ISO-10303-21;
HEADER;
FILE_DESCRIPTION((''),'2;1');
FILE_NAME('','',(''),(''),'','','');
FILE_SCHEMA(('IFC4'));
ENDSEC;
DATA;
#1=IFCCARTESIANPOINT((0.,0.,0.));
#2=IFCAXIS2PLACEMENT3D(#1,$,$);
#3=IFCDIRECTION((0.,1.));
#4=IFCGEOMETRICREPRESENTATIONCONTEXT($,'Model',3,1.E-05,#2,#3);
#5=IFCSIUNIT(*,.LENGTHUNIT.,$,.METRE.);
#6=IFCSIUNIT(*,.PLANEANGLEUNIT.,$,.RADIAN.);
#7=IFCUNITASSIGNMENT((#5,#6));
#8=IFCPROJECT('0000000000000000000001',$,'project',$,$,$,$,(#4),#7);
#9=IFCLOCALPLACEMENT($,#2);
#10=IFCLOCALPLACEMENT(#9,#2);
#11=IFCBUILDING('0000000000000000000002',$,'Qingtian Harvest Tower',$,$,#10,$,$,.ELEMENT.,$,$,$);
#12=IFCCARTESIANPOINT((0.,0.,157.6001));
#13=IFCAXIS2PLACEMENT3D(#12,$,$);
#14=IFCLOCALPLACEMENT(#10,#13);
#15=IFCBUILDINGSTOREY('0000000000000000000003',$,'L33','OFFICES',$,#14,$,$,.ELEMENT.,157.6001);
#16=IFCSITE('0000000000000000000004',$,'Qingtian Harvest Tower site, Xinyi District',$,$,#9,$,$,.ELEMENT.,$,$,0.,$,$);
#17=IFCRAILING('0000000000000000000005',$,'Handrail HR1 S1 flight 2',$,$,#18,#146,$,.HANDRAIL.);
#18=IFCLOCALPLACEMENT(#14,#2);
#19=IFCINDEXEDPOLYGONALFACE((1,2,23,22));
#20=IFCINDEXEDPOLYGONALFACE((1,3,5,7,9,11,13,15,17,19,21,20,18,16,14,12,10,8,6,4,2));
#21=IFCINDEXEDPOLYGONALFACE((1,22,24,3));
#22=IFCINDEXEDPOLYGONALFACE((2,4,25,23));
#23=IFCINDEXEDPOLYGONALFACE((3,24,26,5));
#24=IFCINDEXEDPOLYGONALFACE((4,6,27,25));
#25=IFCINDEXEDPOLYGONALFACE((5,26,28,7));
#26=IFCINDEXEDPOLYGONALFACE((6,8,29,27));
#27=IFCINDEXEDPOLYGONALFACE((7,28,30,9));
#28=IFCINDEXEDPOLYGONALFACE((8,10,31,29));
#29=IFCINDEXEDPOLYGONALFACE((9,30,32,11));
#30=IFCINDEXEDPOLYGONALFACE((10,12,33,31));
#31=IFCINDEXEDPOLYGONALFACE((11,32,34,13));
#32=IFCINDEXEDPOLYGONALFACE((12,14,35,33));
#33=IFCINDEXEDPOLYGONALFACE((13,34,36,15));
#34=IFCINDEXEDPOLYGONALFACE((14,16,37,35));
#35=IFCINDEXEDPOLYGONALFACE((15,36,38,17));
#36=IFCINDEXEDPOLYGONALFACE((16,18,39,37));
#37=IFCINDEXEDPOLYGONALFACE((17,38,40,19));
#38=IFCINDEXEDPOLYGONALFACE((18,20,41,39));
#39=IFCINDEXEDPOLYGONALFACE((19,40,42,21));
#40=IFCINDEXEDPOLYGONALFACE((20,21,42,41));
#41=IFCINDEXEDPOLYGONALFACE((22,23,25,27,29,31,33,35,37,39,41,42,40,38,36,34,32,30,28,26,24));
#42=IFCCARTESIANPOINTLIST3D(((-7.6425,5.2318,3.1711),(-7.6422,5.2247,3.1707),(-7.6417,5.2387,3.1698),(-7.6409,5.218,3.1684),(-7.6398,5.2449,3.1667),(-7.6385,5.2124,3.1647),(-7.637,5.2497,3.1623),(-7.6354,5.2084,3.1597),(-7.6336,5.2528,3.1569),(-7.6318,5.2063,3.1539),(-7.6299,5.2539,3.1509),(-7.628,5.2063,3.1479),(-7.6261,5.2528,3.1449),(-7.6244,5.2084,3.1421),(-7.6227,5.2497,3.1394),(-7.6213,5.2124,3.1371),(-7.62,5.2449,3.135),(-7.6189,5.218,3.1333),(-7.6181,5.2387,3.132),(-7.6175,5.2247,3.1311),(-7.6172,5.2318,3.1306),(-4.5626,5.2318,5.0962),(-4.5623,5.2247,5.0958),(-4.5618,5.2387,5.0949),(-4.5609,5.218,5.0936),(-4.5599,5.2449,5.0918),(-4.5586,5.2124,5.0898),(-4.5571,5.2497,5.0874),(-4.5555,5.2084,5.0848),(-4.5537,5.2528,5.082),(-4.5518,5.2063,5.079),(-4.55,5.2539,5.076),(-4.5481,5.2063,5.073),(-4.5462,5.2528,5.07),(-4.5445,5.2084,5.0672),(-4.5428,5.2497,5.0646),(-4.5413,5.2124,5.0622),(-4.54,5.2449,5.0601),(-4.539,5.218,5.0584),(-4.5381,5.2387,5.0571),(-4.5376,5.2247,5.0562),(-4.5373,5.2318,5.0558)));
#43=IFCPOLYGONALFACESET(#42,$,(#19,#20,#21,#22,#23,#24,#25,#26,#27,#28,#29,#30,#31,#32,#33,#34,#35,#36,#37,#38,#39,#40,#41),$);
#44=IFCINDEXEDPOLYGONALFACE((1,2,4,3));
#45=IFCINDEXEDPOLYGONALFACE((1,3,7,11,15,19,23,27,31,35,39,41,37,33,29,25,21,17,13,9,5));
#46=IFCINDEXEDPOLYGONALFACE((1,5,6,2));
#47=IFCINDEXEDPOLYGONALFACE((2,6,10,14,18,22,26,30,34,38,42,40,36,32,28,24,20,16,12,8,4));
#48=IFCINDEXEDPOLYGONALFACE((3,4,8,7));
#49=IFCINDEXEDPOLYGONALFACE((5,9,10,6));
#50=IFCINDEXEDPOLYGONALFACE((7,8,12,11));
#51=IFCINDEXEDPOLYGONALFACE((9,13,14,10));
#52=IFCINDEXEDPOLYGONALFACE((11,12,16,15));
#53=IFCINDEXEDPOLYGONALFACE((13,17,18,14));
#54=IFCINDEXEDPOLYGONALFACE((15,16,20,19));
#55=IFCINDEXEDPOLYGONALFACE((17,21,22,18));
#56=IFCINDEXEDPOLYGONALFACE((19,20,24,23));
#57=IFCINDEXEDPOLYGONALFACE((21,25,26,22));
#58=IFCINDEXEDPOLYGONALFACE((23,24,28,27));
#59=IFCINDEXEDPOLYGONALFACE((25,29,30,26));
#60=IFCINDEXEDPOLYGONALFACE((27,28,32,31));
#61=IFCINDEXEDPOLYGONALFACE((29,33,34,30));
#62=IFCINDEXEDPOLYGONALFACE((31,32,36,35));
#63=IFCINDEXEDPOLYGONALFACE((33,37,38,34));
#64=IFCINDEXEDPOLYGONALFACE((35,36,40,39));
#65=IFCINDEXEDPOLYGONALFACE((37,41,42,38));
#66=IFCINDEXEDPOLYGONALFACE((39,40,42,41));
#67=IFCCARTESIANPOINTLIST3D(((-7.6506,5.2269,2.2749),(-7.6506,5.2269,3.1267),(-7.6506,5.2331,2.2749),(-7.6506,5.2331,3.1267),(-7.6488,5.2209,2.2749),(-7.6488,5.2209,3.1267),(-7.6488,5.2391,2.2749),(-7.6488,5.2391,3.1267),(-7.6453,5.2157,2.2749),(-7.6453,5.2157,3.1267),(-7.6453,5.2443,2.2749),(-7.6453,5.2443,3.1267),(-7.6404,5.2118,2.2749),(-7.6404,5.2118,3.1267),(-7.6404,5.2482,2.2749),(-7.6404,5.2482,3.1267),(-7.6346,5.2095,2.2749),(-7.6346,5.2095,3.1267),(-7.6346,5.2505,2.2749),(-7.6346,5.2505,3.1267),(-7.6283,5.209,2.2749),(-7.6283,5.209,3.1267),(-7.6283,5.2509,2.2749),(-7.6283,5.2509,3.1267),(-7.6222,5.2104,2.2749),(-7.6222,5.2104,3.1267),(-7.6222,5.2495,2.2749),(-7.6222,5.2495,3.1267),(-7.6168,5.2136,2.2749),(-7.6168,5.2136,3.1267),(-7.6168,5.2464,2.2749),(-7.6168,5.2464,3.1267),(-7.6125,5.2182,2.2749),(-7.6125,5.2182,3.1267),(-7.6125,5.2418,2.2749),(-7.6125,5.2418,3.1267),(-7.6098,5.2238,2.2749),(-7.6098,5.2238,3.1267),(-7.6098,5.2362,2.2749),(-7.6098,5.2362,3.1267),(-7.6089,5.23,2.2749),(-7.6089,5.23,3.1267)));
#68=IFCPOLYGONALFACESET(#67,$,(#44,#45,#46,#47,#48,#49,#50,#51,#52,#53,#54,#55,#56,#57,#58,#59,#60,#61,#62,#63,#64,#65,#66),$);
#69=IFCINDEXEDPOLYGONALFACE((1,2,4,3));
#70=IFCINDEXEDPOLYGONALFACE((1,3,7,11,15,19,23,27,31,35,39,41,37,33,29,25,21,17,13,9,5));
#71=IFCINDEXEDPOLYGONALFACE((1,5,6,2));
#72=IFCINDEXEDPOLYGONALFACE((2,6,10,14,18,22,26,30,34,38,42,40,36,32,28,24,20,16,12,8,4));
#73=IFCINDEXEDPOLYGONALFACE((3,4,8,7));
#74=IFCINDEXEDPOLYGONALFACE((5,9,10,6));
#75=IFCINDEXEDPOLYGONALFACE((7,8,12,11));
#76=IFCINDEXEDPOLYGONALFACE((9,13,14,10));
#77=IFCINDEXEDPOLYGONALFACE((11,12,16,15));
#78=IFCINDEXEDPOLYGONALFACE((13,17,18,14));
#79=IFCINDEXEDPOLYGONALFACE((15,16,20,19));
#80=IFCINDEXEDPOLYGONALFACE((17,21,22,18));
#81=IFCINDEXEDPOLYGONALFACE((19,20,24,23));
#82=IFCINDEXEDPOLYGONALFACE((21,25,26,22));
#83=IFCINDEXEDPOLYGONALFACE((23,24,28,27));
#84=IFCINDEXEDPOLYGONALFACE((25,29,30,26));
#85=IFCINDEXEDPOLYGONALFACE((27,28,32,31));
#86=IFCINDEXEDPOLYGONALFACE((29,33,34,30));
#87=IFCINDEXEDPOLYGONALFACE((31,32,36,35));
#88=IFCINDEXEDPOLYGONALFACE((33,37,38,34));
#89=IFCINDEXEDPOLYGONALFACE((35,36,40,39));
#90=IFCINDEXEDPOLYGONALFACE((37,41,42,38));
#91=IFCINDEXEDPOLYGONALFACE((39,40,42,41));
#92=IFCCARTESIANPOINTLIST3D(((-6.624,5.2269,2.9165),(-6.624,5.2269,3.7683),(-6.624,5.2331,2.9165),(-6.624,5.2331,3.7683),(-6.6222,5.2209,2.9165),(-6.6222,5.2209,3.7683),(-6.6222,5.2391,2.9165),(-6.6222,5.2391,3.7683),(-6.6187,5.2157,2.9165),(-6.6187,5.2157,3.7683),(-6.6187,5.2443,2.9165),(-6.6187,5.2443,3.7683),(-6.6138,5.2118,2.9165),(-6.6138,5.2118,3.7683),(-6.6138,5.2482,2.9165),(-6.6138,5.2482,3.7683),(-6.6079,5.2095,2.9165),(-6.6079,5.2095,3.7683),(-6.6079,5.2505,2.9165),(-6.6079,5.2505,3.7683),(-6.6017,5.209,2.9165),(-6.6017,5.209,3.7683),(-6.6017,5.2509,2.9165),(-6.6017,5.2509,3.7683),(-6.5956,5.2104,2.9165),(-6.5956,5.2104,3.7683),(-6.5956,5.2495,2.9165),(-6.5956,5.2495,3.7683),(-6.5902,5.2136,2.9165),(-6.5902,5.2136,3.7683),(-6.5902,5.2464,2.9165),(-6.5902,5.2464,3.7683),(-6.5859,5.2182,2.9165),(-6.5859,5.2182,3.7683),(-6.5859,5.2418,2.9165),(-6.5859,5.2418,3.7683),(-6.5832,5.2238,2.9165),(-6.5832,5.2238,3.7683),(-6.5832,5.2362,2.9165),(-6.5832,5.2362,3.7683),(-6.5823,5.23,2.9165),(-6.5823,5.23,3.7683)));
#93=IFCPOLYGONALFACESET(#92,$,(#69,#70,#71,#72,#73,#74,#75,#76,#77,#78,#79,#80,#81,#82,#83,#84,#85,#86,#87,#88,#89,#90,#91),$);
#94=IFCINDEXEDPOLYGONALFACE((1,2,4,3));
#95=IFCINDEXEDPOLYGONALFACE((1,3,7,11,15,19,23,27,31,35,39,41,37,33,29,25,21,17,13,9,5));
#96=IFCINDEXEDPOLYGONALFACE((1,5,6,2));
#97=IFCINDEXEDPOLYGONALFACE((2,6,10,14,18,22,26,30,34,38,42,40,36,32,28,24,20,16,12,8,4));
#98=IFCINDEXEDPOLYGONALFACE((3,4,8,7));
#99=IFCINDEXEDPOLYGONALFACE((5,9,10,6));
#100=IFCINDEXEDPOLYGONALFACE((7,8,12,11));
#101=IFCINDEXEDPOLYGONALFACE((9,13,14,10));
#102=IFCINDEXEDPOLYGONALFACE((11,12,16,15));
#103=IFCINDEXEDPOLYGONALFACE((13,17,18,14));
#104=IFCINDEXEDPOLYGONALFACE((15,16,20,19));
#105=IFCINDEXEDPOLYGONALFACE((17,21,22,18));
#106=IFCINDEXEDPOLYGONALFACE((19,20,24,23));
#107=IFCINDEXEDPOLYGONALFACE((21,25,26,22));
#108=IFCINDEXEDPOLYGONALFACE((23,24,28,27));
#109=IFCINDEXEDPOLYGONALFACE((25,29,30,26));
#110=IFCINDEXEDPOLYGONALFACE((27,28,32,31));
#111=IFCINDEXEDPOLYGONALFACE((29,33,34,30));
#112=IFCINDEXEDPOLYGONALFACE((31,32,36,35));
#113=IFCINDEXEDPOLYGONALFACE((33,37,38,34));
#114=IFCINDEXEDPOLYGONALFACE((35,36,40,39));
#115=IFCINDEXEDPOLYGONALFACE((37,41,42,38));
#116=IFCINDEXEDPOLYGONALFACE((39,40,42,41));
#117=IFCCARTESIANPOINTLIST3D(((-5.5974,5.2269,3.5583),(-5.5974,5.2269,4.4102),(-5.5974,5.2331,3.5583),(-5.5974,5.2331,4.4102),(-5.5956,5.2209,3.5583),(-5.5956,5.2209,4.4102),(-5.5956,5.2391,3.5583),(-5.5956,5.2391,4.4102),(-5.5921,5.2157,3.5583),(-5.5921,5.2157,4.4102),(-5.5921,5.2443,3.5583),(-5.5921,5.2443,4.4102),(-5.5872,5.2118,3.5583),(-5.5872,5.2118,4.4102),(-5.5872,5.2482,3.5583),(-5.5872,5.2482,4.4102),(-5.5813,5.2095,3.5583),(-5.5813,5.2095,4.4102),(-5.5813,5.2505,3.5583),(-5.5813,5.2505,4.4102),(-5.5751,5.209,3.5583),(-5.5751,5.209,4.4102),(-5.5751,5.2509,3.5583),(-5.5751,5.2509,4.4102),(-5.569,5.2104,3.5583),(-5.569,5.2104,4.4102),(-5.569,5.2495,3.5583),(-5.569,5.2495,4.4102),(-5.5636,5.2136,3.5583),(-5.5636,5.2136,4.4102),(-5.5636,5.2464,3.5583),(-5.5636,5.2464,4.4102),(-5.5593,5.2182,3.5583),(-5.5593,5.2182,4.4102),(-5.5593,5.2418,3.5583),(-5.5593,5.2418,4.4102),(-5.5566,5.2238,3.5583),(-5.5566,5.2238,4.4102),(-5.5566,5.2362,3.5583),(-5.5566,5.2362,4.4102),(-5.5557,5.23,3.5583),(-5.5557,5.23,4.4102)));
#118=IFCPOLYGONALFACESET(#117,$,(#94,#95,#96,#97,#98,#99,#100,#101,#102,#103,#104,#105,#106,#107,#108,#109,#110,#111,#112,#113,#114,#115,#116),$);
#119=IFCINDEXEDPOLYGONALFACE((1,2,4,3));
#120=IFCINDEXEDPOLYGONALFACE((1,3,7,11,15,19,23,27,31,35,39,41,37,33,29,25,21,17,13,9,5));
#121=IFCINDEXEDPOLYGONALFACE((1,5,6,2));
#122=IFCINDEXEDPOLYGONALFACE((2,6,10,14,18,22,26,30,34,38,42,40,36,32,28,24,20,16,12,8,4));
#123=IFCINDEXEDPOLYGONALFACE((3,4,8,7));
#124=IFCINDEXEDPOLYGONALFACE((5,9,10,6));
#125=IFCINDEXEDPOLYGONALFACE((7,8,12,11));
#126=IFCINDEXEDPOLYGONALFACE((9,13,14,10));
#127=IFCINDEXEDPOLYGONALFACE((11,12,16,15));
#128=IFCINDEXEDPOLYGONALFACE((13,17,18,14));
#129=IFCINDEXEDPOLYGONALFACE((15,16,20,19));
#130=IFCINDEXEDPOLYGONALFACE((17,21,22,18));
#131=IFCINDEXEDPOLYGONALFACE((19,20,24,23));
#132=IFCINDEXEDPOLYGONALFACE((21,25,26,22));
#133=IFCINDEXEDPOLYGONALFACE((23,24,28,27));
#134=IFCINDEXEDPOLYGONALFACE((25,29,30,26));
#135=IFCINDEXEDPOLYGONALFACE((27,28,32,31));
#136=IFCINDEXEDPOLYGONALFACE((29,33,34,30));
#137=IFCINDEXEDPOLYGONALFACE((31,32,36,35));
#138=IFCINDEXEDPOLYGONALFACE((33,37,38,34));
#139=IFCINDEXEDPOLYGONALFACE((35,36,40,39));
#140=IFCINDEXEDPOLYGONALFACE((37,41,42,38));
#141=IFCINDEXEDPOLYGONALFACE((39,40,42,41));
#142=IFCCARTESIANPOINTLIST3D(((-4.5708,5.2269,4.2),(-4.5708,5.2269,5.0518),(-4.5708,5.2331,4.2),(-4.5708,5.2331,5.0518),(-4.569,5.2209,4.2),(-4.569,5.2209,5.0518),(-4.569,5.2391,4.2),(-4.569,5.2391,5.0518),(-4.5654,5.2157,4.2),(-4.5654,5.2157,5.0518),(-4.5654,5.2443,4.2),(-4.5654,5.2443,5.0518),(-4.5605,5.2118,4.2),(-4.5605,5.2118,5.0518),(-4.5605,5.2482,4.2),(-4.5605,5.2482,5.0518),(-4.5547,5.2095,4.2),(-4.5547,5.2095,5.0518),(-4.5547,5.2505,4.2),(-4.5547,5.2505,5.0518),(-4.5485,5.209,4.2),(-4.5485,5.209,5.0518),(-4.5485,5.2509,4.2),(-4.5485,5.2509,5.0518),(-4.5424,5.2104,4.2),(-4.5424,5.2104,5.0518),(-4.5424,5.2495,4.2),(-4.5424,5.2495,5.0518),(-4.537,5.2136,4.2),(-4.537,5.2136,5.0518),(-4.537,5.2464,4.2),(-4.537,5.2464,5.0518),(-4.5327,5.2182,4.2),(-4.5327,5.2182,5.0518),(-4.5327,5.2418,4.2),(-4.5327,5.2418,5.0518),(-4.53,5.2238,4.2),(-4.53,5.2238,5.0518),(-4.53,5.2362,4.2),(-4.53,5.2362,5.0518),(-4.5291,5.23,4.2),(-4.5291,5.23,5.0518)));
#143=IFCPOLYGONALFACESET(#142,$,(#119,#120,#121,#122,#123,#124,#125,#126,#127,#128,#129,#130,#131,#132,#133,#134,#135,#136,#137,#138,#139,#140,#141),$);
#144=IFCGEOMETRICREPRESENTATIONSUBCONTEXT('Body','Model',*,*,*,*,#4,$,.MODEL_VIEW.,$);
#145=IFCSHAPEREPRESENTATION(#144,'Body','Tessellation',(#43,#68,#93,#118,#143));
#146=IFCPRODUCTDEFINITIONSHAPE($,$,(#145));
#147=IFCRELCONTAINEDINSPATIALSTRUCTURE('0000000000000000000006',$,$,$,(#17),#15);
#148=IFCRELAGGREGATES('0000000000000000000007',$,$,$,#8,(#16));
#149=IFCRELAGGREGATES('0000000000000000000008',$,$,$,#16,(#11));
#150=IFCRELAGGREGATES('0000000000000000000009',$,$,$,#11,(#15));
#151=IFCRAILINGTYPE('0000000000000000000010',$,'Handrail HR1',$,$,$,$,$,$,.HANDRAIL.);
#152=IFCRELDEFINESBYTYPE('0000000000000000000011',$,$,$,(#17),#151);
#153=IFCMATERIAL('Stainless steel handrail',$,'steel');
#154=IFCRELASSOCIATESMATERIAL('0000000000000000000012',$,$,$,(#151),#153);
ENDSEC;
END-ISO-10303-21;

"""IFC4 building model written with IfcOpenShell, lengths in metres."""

from ifc_helpers import new_model, si_unit, direction, frame, origin, origin_2d, place, context, subcontext, project, spatial, circle, extrude, material, type_object, element, save


model = new_model("IFC4")

# Units and contexts
model_context = context("Model", 3, precision=1e-05, world=origin(), true_north=direction((0.0, 1.0)))
body_context = subcontext(model_context, "Body", "Model", "MODEL_VIEW")
ifc_project = project(units=[si_unit("LENGTHUNIT", "METRE"), si_unit("PLANEANGLEUNIT", "RADIAN")], contexts=[model_context])

# Site, building, storey
site_placement = place(None, origin())
site = spatial("IfcSite", under=ifc_project, at=site_placement, Name="Qingtian Harvest Tower site, Xinyi District", CompositionType="ELEMENT", RefElevation=0.0)
building_placement = place(site_placement, origin())
building = spatial("IfcBuilding", under=site, at=building_placement, Name="Qingtian Harvest Tower", CompositionType="ELEMENT")
storey_placement = place(building_placement, frame((0.0, 0.0, 157.6001)))
storey = spatial("IfcBuildingStorey", under=building, at=storey_placement, Name="L33", Description="OFFICES", CompositionType="ELEMENT", Elevation=157.6001)

# Railing
ifc_material_1 = material(Name="Stainless steel handrail", Category="steel")
railing_type = type_object("IfcRailingType", Name="Handrail HR1", PredefinedType="HANDRAIL", material=ifc_material_1)
railing_1_placement = place(storey_placement, frame((-7.6299, 5.23, 2.2749)))
element("IfcRailing", 1, at=railing_1_placement, inside=storey, type_object=railing_type, Name="Handrail HR1 S1 flight 2", PredefinedType="HANDRAIL", context=body_context, shape_type="SweptSolid", body=[
    extrude(circle(Radius=0.0239, at=origin_2d()), frame((0.0, 0.0, 0.876), z_axis=(0.847979, 0.0, 0.530029), x_axis=(0.0, 1.0, 0.0)), (0.0, 0.0, 1.0), 3.6321),
    extrude(circle(Radius=0.021, at=origin_2d()), origin(), (0.0, 0.0, 1.0), 0.8518),
    extrude(circle(Radius=0.021, at=origin_2d()), frame((1.0266, 0.0, 0.6416)), (0.0, 0.0, 1.0), 0.8518),
    extrude(circle(Radius=0.021, at=origin_2d()), frame((2.0532, 0.0, 1.2834)), (0.0, 0.0, 1.0), 0.8518),
    extrude(circle(Radius=0.021, at=origin_2d()), frame((3.0798, 0.0, 1.925)), (0.0, 0.0, 1.0), 0.8518),
])

save(model, "model.ifc")
